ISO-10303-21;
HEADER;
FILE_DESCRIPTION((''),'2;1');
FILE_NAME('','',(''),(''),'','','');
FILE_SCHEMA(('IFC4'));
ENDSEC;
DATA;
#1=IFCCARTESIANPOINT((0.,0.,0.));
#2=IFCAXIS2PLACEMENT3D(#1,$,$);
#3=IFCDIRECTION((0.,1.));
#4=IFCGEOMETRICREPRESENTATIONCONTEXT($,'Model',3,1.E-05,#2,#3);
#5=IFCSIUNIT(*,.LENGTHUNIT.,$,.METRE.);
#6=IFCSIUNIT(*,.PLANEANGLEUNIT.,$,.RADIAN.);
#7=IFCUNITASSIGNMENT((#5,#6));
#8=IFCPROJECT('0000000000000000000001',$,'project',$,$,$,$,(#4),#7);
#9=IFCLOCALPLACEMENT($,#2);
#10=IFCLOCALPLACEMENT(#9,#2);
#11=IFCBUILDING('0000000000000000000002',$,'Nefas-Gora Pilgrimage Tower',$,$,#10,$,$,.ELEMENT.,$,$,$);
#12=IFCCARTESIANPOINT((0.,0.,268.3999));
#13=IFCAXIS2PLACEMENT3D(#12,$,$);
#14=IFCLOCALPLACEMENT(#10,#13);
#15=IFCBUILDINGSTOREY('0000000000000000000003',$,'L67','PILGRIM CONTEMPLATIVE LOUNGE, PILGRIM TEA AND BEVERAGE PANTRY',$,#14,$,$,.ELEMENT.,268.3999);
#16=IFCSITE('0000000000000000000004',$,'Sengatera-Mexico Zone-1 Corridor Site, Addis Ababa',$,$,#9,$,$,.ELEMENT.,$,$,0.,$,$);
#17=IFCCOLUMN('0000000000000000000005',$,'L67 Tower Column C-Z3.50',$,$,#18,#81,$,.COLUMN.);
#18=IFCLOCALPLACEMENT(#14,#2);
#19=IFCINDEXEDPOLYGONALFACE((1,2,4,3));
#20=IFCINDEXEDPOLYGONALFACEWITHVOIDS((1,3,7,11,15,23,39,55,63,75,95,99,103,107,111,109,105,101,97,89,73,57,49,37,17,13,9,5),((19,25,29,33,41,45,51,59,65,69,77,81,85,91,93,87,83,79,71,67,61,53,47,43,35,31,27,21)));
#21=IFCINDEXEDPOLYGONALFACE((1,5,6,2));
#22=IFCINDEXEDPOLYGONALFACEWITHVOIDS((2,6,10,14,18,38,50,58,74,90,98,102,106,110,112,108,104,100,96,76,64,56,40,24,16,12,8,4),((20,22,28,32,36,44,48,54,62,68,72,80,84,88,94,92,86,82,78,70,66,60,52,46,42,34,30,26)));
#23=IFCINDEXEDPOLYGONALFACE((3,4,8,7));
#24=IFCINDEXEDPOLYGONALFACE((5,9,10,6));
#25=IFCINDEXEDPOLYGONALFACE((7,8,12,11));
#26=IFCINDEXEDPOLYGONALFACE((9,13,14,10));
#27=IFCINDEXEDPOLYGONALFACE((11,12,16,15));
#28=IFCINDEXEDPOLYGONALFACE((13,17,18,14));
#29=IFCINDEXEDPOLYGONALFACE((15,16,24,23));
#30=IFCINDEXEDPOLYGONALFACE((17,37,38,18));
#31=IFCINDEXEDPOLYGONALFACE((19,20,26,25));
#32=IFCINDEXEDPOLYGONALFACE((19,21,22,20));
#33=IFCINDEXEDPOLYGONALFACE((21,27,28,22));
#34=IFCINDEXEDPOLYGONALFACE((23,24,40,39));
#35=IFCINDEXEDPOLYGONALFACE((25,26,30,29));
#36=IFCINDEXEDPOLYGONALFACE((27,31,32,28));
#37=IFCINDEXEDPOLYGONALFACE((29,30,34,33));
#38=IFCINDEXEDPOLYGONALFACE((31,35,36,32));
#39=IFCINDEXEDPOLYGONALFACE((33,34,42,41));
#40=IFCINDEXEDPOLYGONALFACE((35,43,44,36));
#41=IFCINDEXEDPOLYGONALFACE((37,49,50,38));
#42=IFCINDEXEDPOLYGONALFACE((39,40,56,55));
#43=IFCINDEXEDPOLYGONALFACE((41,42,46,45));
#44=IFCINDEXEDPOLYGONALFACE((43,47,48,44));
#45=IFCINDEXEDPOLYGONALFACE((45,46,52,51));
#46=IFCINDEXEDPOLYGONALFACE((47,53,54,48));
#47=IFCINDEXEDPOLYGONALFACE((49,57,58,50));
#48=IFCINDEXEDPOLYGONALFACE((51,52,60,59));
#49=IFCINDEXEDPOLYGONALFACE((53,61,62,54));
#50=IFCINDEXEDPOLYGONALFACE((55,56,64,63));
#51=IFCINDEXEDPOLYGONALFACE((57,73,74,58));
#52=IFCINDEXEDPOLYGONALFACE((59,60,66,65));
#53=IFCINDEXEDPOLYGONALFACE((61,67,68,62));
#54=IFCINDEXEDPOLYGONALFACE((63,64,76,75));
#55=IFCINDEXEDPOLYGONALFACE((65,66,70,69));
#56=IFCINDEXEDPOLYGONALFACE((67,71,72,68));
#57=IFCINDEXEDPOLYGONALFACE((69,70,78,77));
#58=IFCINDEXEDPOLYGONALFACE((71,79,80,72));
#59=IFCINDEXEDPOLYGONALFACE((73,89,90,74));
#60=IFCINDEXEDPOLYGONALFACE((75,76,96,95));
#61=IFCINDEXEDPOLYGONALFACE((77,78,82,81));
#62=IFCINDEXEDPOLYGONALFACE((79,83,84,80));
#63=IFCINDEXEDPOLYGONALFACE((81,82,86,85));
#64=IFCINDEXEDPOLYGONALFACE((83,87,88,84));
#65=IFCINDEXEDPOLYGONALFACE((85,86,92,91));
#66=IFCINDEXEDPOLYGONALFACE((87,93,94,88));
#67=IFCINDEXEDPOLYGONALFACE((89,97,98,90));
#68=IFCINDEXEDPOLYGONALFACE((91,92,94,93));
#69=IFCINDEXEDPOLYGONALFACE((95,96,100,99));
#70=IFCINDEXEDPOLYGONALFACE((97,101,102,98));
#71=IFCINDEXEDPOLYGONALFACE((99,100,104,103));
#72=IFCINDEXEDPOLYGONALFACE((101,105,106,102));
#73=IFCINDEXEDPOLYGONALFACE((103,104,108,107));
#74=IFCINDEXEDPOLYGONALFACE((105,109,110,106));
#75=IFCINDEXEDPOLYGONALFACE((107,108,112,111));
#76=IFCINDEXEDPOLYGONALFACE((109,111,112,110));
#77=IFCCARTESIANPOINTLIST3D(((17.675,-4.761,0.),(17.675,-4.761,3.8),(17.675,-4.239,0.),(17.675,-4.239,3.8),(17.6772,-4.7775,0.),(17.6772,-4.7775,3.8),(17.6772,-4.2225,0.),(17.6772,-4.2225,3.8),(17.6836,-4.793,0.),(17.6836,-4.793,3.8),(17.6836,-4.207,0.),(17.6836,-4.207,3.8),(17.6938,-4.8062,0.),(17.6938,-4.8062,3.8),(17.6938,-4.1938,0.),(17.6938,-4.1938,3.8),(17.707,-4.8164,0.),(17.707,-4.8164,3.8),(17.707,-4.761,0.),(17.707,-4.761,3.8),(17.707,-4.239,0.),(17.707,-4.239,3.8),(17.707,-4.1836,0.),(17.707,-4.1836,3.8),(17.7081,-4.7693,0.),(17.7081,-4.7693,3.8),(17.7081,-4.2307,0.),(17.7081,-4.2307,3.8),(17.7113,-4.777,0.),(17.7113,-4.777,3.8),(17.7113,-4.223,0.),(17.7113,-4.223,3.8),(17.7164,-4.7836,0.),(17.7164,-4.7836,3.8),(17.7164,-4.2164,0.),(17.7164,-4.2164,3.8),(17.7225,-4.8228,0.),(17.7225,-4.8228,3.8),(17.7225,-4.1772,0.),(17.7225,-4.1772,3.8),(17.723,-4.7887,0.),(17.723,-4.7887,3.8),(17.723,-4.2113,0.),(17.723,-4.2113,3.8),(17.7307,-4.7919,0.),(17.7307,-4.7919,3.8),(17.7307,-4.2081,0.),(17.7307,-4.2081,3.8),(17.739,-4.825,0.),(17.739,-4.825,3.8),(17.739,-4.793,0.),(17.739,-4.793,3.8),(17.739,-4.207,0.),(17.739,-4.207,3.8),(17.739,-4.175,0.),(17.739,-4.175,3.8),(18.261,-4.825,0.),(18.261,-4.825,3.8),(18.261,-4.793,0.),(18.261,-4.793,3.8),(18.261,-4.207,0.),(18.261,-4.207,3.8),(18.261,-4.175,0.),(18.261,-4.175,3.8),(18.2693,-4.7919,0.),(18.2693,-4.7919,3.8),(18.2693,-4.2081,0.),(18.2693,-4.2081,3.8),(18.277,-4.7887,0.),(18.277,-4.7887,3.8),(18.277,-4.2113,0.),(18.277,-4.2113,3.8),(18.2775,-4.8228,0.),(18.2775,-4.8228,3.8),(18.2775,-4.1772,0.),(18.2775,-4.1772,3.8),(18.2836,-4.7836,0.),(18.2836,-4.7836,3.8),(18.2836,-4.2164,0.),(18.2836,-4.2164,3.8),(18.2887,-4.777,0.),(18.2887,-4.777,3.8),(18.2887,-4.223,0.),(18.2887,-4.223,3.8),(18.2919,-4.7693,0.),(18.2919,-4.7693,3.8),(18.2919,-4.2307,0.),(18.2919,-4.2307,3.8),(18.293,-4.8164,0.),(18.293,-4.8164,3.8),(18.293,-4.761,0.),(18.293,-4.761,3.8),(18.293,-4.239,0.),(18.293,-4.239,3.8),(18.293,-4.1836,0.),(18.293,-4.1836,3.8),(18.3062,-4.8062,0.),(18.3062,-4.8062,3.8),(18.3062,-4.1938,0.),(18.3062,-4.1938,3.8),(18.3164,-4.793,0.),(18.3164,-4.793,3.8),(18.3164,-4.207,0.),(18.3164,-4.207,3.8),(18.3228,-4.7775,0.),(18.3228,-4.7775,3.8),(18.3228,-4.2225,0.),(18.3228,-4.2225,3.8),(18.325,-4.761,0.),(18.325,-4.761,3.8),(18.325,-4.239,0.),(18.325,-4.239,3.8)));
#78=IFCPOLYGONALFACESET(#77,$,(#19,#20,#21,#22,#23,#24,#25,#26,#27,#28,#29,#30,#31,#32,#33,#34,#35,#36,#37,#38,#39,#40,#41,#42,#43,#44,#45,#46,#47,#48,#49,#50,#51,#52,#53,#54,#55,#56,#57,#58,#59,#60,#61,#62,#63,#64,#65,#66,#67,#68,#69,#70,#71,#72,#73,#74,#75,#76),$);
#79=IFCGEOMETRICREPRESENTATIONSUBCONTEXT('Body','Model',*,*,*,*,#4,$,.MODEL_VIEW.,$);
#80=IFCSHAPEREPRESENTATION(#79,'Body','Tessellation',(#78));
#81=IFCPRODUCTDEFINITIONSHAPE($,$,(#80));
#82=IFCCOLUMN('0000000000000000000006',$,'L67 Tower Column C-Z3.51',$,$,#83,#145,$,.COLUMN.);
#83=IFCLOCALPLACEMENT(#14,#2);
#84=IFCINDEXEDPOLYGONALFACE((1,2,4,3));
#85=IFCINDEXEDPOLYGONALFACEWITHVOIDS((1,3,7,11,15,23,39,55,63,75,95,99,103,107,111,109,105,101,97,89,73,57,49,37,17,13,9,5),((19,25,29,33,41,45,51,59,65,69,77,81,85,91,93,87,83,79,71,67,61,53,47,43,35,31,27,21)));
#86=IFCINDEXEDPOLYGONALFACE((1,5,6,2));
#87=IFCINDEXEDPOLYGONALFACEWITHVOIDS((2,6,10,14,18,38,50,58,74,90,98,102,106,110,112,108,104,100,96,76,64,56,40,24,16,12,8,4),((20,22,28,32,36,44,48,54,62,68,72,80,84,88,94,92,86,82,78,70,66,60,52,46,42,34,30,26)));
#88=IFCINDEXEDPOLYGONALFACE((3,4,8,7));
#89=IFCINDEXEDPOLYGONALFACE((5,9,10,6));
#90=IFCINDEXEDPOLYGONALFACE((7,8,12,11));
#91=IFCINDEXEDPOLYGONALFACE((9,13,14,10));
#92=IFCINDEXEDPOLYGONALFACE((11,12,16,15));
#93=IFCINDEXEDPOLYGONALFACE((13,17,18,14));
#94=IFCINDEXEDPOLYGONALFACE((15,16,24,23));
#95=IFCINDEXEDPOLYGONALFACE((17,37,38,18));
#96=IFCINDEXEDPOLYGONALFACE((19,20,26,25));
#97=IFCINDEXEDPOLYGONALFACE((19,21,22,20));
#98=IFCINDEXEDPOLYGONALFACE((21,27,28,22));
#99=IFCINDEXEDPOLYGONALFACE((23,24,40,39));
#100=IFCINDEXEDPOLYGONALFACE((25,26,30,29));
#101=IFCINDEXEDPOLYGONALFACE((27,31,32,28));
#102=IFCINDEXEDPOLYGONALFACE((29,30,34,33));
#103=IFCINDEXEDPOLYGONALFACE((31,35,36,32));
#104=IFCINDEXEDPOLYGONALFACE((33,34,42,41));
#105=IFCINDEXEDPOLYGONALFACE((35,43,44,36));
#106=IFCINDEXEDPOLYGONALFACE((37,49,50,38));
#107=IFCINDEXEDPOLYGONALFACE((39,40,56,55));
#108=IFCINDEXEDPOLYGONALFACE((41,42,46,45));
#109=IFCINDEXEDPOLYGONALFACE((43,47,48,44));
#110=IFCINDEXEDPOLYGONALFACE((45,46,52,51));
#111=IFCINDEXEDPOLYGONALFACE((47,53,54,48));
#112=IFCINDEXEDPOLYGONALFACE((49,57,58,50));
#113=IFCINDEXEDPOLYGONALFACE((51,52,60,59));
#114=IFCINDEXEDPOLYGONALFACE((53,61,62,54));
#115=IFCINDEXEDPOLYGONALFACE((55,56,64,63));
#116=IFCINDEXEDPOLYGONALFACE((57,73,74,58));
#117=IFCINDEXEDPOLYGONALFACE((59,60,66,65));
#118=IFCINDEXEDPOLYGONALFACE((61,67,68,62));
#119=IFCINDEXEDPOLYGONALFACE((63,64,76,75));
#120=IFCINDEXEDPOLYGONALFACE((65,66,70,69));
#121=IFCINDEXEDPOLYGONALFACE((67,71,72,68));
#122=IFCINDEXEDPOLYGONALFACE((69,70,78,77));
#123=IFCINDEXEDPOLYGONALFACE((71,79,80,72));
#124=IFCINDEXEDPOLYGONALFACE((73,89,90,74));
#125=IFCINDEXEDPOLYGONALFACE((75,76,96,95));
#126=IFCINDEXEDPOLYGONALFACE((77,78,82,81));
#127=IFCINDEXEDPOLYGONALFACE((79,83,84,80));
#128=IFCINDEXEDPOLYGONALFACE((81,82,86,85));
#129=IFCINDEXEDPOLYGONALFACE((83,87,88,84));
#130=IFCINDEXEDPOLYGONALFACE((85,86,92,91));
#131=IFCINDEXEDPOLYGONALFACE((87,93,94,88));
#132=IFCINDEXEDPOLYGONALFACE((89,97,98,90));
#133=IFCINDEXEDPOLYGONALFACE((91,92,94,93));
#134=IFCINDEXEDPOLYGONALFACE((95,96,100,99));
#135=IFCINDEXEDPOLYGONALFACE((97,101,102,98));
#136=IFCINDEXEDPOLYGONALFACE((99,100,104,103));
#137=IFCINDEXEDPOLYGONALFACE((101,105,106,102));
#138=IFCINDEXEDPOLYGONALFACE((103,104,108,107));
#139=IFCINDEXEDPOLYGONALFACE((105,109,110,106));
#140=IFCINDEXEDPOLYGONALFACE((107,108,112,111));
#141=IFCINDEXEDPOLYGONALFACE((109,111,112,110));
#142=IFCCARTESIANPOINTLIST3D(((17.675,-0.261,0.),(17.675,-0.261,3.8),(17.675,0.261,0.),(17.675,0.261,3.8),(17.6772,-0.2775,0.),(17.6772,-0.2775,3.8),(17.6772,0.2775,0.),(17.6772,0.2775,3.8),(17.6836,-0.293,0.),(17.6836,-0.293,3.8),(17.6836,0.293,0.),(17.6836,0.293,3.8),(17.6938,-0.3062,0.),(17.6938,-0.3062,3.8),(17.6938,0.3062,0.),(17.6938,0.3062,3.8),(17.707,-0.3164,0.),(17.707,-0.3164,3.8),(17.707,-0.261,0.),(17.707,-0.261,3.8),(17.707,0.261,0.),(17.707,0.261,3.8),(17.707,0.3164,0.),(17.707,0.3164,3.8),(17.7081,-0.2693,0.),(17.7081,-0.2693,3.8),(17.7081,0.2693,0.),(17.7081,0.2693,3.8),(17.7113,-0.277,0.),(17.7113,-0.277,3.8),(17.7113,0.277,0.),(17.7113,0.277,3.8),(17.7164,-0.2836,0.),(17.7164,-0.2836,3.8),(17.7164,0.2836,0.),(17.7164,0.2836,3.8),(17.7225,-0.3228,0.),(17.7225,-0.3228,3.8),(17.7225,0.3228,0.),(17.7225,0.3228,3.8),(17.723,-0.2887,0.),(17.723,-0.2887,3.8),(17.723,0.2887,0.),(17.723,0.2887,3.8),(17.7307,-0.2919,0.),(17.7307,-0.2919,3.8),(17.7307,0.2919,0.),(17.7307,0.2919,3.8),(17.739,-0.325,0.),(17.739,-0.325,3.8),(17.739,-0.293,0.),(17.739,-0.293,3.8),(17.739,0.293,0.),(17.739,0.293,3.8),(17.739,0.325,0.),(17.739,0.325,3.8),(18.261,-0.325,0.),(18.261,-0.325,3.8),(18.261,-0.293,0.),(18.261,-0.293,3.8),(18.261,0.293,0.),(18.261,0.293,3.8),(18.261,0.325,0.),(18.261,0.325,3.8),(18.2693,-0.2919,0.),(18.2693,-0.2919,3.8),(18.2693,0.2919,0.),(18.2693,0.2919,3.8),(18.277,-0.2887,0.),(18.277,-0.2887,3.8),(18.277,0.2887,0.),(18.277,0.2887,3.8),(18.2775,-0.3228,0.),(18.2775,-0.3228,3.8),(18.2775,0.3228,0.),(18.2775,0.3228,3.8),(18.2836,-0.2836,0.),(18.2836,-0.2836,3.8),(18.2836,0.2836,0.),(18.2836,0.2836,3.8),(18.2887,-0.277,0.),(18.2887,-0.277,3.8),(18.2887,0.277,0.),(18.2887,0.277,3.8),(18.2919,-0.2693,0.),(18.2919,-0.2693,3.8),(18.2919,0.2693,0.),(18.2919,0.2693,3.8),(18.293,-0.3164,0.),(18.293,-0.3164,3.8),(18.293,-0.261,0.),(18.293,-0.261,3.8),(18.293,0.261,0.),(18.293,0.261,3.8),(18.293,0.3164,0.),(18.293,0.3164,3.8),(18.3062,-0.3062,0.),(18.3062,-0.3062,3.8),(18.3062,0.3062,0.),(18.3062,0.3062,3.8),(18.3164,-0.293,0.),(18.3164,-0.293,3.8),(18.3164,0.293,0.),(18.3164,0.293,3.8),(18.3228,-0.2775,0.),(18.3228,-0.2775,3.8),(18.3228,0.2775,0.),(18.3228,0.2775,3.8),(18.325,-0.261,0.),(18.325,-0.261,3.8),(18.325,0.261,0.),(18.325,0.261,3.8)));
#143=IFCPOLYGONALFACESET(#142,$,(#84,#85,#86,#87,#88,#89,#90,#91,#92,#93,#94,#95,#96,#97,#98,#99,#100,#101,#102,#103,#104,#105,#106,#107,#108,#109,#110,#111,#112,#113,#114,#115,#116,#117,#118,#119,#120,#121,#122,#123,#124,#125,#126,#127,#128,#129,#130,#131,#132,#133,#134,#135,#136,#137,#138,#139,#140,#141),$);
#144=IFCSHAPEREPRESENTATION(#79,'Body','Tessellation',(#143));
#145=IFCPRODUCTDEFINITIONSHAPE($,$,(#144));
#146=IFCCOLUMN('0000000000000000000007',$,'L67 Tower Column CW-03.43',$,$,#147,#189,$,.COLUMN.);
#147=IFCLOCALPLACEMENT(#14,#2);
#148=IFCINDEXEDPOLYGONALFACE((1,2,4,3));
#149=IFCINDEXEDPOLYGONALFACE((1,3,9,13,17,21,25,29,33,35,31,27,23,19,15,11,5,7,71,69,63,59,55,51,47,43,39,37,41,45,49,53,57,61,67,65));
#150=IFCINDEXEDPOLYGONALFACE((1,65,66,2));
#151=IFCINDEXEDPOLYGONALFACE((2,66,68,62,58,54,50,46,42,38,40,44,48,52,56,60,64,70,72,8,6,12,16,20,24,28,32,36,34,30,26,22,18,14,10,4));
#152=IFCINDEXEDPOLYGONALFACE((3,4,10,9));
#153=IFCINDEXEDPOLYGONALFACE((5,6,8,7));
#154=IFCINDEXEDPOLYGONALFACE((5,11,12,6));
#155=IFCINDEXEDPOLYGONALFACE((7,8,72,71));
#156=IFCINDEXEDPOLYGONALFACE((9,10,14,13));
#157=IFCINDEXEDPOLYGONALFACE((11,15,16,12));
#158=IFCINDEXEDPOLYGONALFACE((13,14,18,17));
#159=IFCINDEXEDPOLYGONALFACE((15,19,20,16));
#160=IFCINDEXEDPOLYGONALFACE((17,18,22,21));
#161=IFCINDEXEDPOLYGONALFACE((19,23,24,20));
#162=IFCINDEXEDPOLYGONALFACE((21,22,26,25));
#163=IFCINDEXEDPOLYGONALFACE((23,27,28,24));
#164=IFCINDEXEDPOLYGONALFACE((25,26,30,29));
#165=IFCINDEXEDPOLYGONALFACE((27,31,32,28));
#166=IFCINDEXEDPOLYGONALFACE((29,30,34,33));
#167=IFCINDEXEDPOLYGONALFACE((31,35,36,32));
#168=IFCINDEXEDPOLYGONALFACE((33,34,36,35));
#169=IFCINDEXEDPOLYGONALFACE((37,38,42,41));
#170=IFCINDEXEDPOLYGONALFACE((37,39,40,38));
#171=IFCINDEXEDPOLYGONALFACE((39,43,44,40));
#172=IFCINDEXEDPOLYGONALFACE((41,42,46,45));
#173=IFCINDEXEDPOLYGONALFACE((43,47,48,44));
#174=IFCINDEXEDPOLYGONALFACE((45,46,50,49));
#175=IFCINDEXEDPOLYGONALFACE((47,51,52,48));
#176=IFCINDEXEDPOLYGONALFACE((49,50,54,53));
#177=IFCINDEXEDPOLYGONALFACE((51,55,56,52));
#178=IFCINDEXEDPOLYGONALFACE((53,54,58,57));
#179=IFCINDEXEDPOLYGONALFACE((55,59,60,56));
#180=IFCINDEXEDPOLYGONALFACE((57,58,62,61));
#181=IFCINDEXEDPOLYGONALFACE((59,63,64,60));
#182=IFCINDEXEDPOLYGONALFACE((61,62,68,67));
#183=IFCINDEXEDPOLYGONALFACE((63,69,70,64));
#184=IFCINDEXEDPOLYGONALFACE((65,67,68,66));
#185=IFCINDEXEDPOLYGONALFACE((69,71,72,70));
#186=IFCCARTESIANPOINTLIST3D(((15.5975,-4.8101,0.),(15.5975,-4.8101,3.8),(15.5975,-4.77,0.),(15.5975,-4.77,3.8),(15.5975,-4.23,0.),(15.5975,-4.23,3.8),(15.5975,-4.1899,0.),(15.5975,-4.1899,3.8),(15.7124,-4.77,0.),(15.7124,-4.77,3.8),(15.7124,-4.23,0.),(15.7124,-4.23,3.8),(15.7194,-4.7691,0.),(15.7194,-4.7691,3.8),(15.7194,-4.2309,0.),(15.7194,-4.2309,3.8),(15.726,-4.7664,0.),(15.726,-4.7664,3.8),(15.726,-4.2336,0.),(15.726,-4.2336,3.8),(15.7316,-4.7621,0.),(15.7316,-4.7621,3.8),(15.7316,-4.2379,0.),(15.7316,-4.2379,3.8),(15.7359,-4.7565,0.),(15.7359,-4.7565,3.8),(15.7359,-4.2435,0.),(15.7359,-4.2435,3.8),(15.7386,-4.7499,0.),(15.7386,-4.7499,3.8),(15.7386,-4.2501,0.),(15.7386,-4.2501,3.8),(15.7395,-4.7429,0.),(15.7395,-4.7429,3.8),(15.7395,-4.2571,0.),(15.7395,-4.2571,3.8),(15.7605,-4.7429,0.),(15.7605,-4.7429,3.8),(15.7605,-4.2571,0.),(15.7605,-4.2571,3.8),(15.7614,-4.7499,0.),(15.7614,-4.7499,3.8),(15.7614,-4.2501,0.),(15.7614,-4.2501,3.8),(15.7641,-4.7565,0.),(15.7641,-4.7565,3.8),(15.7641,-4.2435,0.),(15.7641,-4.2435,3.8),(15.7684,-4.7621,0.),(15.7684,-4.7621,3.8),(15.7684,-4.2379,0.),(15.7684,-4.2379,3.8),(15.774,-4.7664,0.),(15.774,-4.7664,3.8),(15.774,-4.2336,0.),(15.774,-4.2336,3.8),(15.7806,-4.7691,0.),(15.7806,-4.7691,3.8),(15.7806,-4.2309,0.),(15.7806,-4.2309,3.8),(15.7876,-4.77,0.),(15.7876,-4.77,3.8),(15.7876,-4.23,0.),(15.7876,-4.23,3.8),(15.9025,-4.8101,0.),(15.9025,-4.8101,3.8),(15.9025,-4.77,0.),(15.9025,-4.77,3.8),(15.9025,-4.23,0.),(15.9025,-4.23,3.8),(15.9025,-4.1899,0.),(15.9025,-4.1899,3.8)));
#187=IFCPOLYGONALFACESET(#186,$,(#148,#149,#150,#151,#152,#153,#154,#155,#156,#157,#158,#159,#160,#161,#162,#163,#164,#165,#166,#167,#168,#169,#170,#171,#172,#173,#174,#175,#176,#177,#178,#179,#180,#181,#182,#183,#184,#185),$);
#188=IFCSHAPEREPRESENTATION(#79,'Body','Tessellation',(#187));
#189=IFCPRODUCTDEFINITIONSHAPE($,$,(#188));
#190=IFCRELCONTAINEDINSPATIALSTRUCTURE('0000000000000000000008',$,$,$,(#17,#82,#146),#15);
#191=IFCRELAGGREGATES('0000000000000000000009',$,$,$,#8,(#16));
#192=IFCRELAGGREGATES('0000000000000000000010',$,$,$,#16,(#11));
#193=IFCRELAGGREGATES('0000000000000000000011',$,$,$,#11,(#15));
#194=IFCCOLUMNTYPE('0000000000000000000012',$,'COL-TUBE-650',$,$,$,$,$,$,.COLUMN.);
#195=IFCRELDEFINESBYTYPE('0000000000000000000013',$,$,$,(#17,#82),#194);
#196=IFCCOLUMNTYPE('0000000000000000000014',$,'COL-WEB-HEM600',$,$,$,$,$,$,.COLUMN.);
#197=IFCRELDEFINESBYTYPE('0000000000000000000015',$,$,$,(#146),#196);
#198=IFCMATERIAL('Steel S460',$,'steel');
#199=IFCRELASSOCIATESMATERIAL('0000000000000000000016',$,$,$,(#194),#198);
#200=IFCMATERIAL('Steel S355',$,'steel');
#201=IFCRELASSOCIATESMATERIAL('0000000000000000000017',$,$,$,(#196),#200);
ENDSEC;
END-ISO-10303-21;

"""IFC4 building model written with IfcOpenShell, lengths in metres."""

from ifc_helpers import new_model, si_unit, direction, frame, origin, origin_2d, place, context, subcontext, project, spatial, hollow_rectangle, i_section, extrude, source, transform, mapped, material, material_profile, profile_set, type_object, element, save


model = new_model("IFC4")

# Units and contexts
model_context = context("Model", 3, precision=1e-05, world=origin(), true_north=direction((0.0, 1.0)))
body_context = subcontext(model_context, "Body", "Model", "MODEL_VIEW")
ifc_project = project(units=[si_unit("LENGTHUNIT", "METRE"), si_unit("PLANEANGLEUNIT", "RADIAN")], contexts=[model_context])

# Site, building, storey
site_placement = place(None, origin())
site = spatial("IfcSite", under=ifc_project, at=site_placement, Name="Sengatera-Mexico Zone-1 Corridor Site, Addis Ababa", CompositionType="ELEMENT", RefElevation=0.0)
building_placement = place(site_placement, origin())
building = spatial("IfcBuilding", under=site, at=building_placement, Name="Nefas-Gora Pilgrimage Tower", CompositionType="ELEMENT")
storey_placement = place(building_placement, frame((0.0, 0.0, 268.3999)))
storey = spatial("IfcBuildingStorey", under=building, at=storey_placement, Name="L67", Description="PILGRIM CONTEMPLATIVE LOUNGE, PILGRIM TEA AND BEVERAGE PANTRY", CompositionType="ELEMENT", Elevation=268.3999)

# Columns
ifc_material_1 = material(Name="Steel S460", Category="steel")
ifc_material_profile_1 = material_profile(ifc_material_1, hollow_rectangle(XDim=0.6499, YDim=0.6499, WallThickness=0.032, InnerFilletRadius=0.032, OuterFilletRadius=0.064, at=origin_2d()), Name="BOX 650x650x32")
ifc_profile_set_1 = profile_set([ifc_material_profile_1], Name="Steel S460")
column_type_1 = type_object("IfcColumnType", Name="COL-TUBE-650", PredefinedType="COLUMN", material=ifc_profile_set_1)
shared_shape_1 = source(origin(), body_context, "Body", "SweptSolid", [
    extrude(hollow_rectangle(XDim=0.6499, YDim=0.6499, WallThickness=0.032, InnerFilletRadius=0.032, OuterFilletRadius=0.064, at=origin_2d()), origin(), (0.0, 0.0, 1.0), 3.8),
])
for number, where, z_axis, x_axis, name in (
    (1, (18.0, -4.5, 0.0), (0.0, 0.0, 1.0), (1.0, 0.0, 0.0), "L67 Tower Column C-Z3.50"),
    (2, (18.0, 0.0, 0.0), (0.0, 0.0, 1.0), (1.0, 0.0, 0.0), "L67 Tower Column C-Z3.51"),
):
    element("IfcColumn", number, at=place(storey_placement, frame(where, z_axis=z_axis, x_axis=x_axis)), inside=storey, type_object=column_type_1, Name=name, PredefinedType="COLUMN", context=body_context, shape_type="MappedRepresentation", body=[
        mapped(shared_shape_1, transform((0.0, 0.0, 0.0), x_axis=(1.0, 0.0, 0.0), y_axis=(0.0, 1.0, 0.0), z_axis=(0.0, 0.0, 1.0), scale=1.0)),
    ])
ifc_material_2 = material(Name="Steel S355", Category="steel")
ifc_material_profile_2 = material_profile(ifc_material_2, i_section(OverallWidth=0.3049, OverallDepth=0.6201, WebThickness=0.021, FlangeThickness=0.04, FilletRadius=0.0271, at=origin_2d()), Name="HEM 600")
ifc_profile_set_2 = profile_set([ifc_material_profile_2], Name="Steel S355")
column_type_2 = type_object("IfcColumnType", Name="COL-WEB-HEM600", PredefinedType="COLUMN", material=ifc_profile_set_2)
shared_shape_2 = source(origin(), body_context, "Body", "SweptSolid", [
    extrude(i_section(OverallWidth=0.3049, OverallDepth=0.6201, WebThickness=0.021, FlangeThickness=0.04, FilletRadius=0.0271, at=origin_2d()), origin(), (0.0, 0.0, 1.0), 3.8),
])
for number, where, z_axis, x_axis, name in (
    (3, (15.75, -4.5, 0.0), (0.0, 0.0, 1.0), (1.0, 0.0, 0.0), "L67 Tower Column CW-03.43"),
):
    element("IfcColumn", number, at=place(storey_placement, frame(where, z_axis=z_axis, x_axis=x_axis)), inside=storey, type_object=column_type_2, Name=name, PredefinedType="COLUMN", context=body_context, shape_type="MappedRepresentation", body=[
        mapped(shared_shape_2, transform((0.0, 0.0, 0.0), x_axis=(1.0, 0.0, 0.0), y_axis=(0.0, 1.0, 0.0), z_axis=(0.0, 0.0, 1.0), scale=1.0)),
    ])

save(model, "model.ifc")
